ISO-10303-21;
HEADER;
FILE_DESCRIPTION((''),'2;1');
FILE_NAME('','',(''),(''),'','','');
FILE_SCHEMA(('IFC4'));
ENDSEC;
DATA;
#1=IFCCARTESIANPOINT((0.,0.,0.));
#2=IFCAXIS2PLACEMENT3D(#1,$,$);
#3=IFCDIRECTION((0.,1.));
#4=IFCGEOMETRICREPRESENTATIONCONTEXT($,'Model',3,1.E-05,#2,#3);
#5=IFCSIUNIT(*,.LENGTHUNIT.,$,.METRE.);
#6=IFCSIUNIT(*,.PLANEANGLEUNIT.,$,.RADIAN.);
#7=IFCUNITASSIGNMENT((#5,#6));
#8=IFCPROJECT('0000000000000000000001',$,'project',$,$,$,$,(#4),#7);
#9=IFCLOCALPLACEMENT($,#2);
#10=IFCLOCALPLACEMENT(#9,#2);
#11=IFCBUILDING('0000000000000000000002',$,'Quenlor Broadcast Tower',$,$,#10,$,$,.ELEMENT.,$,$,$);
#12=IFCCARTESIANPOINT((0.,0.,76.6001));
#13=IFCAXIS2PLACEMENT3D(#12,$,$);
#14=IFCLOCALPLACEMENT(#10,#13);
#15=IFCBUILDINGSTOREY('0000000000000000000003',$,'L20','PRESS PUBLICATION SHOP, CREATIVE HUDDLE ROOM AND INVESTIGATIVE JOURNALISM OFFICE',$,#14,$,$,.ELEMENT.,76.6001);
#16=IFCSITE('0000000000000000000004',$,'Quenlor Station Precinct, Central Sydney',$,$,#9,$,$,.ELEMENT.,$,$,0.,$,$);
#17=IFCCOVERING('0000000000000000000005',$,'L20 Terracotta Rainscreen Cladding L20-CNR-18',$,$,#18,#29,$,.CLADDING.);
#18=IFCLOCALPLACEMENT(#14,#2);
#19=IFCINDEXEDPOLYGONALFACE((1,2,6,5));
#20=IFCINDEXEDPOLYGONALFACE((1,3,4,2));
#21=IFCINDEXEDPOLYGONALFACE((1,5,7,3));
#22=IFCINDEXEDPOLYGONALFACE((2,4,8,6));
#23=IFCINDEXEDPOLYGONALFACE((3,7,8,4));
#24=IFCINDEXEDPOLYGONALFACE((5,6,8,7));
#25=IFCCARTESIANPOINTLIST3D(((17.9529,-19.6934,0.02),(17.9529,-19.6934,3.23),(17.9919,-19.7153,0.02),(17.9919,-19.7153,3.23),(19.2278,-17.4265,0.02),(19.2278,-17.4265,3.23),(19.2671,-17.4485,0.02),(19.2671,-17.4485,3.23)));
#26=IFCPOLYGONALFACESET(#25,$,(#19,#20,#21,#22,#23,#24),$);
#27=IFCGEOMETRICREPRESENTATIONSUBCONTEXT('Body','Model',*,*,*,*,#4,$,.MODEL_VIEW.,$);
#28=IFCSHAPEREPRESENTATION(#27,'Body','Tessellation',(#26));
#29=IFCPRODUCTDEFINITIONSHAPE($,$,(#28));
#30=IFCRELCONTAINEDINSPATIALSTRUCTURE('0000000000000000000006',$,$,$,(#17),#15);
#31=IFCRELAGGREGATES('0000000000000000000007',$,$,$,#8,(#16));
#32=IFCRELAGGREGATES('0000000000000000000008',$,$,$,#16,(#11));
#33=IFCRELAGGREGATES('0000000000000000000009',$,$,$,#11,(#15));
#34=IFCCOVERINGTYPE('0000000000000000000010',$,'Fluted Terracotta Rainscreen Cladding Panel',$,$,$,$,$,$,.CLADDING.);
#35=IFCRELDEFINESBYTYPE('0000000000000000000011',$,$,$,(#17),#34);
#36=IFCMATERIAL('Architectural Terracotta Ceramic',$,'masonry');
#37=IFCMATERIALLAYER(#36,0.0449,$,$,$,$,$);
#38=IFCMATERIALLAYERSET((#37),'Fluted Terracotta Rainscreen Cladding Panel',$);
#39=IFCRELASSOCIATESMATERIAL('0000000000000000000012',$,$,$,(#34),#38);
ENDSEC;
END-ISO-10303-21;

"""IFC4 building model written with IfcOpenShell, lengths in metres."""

from ifc_helpers import new_model, si_unit, direction, frame, origin, place, context, subcontext, project, spatial, polyline, outline, extrude, material, layer, layer_set, type_object, element, save


model = new_model("IFC4")

# Units and contexts
model_context = context("Model", 3, precision=1e-05, world=origin(), true_north=direction((0.0, 1.0)))
body_context = subcontext(model_context, "Body", "Model", "MODEL_VIEW")
ifc_project = project(units=[si_unit("LENGTHUNIT", "METRE"), si_unit("PLANEANGLEUNIT", "RADIAN")], contexts=[model_context])

# Site, building, storey
site_placement = place(None, origin())
site = spatial("IfcSite", under=ifc_project, at=site_placement, Name="Quenlor Station Precinct, Central Sydney", CompositionType="ELEMENT", RefElevation=0.0)
building_placement = place(site_placement, origin())
building = spatial("IfcBuilding", under=site, at=building_placement, Name="Quenlor Broadcast Tower", CompositionType="ELEMENT")
storey_placement = place(building_placement, frame((0.0, 0.0, 76.6001)))
storey = spatial("IfcBuildingStorey", under=building, at=storey_placement, Name="L20", Description="PRESS PUBLICATION SHOP, CREATIVE HUDDLE ROOM AND INVESTIGATIVE JOURNALISM OFFICE", CompositionType="ELEMENT", Elevation=76.6001)

# Covering
ifc_material_1 = material(Name="Architectural Terracotta Ceramic", Category="masonry")
ifc_layer_1 = layer(ifc_material_1, 0.0449)
ifc_layer_set_1 = layer_set([ifc_layer_1], Name="Fluted Terracotta Rainscreen Cladding Panel")
covering_type_1 = type_object("IfcCoveringType", Name="Fluted Terracotta Rainscreen Cladding Panel", PredefinedType="CLADDING", material=ifc_layer_set_1)
covering_1_placement = place(storey_placement, frame((0.0, 0.0, 0.02)))
element("IfcCovering", 1, at=covering_1_placement, inside=storey, type_object=covering_type_1, Name="L20 Terracotta Rainscreen Cladding L20-CNR-18", PredefinedType="CLADDING", context=body_context, shape_type="SweptSolid", body=[
    extrude(outline(polyline([(17.9919, -19.7153), (19.2671, -17.4485), (19.2278, -17.4265), (17.9529, -19.6934), (17.9919, -19.7153)])), origin(), (0.0, 0.0, 1.0), 3.21),
])

save(model, "model.ifc")
